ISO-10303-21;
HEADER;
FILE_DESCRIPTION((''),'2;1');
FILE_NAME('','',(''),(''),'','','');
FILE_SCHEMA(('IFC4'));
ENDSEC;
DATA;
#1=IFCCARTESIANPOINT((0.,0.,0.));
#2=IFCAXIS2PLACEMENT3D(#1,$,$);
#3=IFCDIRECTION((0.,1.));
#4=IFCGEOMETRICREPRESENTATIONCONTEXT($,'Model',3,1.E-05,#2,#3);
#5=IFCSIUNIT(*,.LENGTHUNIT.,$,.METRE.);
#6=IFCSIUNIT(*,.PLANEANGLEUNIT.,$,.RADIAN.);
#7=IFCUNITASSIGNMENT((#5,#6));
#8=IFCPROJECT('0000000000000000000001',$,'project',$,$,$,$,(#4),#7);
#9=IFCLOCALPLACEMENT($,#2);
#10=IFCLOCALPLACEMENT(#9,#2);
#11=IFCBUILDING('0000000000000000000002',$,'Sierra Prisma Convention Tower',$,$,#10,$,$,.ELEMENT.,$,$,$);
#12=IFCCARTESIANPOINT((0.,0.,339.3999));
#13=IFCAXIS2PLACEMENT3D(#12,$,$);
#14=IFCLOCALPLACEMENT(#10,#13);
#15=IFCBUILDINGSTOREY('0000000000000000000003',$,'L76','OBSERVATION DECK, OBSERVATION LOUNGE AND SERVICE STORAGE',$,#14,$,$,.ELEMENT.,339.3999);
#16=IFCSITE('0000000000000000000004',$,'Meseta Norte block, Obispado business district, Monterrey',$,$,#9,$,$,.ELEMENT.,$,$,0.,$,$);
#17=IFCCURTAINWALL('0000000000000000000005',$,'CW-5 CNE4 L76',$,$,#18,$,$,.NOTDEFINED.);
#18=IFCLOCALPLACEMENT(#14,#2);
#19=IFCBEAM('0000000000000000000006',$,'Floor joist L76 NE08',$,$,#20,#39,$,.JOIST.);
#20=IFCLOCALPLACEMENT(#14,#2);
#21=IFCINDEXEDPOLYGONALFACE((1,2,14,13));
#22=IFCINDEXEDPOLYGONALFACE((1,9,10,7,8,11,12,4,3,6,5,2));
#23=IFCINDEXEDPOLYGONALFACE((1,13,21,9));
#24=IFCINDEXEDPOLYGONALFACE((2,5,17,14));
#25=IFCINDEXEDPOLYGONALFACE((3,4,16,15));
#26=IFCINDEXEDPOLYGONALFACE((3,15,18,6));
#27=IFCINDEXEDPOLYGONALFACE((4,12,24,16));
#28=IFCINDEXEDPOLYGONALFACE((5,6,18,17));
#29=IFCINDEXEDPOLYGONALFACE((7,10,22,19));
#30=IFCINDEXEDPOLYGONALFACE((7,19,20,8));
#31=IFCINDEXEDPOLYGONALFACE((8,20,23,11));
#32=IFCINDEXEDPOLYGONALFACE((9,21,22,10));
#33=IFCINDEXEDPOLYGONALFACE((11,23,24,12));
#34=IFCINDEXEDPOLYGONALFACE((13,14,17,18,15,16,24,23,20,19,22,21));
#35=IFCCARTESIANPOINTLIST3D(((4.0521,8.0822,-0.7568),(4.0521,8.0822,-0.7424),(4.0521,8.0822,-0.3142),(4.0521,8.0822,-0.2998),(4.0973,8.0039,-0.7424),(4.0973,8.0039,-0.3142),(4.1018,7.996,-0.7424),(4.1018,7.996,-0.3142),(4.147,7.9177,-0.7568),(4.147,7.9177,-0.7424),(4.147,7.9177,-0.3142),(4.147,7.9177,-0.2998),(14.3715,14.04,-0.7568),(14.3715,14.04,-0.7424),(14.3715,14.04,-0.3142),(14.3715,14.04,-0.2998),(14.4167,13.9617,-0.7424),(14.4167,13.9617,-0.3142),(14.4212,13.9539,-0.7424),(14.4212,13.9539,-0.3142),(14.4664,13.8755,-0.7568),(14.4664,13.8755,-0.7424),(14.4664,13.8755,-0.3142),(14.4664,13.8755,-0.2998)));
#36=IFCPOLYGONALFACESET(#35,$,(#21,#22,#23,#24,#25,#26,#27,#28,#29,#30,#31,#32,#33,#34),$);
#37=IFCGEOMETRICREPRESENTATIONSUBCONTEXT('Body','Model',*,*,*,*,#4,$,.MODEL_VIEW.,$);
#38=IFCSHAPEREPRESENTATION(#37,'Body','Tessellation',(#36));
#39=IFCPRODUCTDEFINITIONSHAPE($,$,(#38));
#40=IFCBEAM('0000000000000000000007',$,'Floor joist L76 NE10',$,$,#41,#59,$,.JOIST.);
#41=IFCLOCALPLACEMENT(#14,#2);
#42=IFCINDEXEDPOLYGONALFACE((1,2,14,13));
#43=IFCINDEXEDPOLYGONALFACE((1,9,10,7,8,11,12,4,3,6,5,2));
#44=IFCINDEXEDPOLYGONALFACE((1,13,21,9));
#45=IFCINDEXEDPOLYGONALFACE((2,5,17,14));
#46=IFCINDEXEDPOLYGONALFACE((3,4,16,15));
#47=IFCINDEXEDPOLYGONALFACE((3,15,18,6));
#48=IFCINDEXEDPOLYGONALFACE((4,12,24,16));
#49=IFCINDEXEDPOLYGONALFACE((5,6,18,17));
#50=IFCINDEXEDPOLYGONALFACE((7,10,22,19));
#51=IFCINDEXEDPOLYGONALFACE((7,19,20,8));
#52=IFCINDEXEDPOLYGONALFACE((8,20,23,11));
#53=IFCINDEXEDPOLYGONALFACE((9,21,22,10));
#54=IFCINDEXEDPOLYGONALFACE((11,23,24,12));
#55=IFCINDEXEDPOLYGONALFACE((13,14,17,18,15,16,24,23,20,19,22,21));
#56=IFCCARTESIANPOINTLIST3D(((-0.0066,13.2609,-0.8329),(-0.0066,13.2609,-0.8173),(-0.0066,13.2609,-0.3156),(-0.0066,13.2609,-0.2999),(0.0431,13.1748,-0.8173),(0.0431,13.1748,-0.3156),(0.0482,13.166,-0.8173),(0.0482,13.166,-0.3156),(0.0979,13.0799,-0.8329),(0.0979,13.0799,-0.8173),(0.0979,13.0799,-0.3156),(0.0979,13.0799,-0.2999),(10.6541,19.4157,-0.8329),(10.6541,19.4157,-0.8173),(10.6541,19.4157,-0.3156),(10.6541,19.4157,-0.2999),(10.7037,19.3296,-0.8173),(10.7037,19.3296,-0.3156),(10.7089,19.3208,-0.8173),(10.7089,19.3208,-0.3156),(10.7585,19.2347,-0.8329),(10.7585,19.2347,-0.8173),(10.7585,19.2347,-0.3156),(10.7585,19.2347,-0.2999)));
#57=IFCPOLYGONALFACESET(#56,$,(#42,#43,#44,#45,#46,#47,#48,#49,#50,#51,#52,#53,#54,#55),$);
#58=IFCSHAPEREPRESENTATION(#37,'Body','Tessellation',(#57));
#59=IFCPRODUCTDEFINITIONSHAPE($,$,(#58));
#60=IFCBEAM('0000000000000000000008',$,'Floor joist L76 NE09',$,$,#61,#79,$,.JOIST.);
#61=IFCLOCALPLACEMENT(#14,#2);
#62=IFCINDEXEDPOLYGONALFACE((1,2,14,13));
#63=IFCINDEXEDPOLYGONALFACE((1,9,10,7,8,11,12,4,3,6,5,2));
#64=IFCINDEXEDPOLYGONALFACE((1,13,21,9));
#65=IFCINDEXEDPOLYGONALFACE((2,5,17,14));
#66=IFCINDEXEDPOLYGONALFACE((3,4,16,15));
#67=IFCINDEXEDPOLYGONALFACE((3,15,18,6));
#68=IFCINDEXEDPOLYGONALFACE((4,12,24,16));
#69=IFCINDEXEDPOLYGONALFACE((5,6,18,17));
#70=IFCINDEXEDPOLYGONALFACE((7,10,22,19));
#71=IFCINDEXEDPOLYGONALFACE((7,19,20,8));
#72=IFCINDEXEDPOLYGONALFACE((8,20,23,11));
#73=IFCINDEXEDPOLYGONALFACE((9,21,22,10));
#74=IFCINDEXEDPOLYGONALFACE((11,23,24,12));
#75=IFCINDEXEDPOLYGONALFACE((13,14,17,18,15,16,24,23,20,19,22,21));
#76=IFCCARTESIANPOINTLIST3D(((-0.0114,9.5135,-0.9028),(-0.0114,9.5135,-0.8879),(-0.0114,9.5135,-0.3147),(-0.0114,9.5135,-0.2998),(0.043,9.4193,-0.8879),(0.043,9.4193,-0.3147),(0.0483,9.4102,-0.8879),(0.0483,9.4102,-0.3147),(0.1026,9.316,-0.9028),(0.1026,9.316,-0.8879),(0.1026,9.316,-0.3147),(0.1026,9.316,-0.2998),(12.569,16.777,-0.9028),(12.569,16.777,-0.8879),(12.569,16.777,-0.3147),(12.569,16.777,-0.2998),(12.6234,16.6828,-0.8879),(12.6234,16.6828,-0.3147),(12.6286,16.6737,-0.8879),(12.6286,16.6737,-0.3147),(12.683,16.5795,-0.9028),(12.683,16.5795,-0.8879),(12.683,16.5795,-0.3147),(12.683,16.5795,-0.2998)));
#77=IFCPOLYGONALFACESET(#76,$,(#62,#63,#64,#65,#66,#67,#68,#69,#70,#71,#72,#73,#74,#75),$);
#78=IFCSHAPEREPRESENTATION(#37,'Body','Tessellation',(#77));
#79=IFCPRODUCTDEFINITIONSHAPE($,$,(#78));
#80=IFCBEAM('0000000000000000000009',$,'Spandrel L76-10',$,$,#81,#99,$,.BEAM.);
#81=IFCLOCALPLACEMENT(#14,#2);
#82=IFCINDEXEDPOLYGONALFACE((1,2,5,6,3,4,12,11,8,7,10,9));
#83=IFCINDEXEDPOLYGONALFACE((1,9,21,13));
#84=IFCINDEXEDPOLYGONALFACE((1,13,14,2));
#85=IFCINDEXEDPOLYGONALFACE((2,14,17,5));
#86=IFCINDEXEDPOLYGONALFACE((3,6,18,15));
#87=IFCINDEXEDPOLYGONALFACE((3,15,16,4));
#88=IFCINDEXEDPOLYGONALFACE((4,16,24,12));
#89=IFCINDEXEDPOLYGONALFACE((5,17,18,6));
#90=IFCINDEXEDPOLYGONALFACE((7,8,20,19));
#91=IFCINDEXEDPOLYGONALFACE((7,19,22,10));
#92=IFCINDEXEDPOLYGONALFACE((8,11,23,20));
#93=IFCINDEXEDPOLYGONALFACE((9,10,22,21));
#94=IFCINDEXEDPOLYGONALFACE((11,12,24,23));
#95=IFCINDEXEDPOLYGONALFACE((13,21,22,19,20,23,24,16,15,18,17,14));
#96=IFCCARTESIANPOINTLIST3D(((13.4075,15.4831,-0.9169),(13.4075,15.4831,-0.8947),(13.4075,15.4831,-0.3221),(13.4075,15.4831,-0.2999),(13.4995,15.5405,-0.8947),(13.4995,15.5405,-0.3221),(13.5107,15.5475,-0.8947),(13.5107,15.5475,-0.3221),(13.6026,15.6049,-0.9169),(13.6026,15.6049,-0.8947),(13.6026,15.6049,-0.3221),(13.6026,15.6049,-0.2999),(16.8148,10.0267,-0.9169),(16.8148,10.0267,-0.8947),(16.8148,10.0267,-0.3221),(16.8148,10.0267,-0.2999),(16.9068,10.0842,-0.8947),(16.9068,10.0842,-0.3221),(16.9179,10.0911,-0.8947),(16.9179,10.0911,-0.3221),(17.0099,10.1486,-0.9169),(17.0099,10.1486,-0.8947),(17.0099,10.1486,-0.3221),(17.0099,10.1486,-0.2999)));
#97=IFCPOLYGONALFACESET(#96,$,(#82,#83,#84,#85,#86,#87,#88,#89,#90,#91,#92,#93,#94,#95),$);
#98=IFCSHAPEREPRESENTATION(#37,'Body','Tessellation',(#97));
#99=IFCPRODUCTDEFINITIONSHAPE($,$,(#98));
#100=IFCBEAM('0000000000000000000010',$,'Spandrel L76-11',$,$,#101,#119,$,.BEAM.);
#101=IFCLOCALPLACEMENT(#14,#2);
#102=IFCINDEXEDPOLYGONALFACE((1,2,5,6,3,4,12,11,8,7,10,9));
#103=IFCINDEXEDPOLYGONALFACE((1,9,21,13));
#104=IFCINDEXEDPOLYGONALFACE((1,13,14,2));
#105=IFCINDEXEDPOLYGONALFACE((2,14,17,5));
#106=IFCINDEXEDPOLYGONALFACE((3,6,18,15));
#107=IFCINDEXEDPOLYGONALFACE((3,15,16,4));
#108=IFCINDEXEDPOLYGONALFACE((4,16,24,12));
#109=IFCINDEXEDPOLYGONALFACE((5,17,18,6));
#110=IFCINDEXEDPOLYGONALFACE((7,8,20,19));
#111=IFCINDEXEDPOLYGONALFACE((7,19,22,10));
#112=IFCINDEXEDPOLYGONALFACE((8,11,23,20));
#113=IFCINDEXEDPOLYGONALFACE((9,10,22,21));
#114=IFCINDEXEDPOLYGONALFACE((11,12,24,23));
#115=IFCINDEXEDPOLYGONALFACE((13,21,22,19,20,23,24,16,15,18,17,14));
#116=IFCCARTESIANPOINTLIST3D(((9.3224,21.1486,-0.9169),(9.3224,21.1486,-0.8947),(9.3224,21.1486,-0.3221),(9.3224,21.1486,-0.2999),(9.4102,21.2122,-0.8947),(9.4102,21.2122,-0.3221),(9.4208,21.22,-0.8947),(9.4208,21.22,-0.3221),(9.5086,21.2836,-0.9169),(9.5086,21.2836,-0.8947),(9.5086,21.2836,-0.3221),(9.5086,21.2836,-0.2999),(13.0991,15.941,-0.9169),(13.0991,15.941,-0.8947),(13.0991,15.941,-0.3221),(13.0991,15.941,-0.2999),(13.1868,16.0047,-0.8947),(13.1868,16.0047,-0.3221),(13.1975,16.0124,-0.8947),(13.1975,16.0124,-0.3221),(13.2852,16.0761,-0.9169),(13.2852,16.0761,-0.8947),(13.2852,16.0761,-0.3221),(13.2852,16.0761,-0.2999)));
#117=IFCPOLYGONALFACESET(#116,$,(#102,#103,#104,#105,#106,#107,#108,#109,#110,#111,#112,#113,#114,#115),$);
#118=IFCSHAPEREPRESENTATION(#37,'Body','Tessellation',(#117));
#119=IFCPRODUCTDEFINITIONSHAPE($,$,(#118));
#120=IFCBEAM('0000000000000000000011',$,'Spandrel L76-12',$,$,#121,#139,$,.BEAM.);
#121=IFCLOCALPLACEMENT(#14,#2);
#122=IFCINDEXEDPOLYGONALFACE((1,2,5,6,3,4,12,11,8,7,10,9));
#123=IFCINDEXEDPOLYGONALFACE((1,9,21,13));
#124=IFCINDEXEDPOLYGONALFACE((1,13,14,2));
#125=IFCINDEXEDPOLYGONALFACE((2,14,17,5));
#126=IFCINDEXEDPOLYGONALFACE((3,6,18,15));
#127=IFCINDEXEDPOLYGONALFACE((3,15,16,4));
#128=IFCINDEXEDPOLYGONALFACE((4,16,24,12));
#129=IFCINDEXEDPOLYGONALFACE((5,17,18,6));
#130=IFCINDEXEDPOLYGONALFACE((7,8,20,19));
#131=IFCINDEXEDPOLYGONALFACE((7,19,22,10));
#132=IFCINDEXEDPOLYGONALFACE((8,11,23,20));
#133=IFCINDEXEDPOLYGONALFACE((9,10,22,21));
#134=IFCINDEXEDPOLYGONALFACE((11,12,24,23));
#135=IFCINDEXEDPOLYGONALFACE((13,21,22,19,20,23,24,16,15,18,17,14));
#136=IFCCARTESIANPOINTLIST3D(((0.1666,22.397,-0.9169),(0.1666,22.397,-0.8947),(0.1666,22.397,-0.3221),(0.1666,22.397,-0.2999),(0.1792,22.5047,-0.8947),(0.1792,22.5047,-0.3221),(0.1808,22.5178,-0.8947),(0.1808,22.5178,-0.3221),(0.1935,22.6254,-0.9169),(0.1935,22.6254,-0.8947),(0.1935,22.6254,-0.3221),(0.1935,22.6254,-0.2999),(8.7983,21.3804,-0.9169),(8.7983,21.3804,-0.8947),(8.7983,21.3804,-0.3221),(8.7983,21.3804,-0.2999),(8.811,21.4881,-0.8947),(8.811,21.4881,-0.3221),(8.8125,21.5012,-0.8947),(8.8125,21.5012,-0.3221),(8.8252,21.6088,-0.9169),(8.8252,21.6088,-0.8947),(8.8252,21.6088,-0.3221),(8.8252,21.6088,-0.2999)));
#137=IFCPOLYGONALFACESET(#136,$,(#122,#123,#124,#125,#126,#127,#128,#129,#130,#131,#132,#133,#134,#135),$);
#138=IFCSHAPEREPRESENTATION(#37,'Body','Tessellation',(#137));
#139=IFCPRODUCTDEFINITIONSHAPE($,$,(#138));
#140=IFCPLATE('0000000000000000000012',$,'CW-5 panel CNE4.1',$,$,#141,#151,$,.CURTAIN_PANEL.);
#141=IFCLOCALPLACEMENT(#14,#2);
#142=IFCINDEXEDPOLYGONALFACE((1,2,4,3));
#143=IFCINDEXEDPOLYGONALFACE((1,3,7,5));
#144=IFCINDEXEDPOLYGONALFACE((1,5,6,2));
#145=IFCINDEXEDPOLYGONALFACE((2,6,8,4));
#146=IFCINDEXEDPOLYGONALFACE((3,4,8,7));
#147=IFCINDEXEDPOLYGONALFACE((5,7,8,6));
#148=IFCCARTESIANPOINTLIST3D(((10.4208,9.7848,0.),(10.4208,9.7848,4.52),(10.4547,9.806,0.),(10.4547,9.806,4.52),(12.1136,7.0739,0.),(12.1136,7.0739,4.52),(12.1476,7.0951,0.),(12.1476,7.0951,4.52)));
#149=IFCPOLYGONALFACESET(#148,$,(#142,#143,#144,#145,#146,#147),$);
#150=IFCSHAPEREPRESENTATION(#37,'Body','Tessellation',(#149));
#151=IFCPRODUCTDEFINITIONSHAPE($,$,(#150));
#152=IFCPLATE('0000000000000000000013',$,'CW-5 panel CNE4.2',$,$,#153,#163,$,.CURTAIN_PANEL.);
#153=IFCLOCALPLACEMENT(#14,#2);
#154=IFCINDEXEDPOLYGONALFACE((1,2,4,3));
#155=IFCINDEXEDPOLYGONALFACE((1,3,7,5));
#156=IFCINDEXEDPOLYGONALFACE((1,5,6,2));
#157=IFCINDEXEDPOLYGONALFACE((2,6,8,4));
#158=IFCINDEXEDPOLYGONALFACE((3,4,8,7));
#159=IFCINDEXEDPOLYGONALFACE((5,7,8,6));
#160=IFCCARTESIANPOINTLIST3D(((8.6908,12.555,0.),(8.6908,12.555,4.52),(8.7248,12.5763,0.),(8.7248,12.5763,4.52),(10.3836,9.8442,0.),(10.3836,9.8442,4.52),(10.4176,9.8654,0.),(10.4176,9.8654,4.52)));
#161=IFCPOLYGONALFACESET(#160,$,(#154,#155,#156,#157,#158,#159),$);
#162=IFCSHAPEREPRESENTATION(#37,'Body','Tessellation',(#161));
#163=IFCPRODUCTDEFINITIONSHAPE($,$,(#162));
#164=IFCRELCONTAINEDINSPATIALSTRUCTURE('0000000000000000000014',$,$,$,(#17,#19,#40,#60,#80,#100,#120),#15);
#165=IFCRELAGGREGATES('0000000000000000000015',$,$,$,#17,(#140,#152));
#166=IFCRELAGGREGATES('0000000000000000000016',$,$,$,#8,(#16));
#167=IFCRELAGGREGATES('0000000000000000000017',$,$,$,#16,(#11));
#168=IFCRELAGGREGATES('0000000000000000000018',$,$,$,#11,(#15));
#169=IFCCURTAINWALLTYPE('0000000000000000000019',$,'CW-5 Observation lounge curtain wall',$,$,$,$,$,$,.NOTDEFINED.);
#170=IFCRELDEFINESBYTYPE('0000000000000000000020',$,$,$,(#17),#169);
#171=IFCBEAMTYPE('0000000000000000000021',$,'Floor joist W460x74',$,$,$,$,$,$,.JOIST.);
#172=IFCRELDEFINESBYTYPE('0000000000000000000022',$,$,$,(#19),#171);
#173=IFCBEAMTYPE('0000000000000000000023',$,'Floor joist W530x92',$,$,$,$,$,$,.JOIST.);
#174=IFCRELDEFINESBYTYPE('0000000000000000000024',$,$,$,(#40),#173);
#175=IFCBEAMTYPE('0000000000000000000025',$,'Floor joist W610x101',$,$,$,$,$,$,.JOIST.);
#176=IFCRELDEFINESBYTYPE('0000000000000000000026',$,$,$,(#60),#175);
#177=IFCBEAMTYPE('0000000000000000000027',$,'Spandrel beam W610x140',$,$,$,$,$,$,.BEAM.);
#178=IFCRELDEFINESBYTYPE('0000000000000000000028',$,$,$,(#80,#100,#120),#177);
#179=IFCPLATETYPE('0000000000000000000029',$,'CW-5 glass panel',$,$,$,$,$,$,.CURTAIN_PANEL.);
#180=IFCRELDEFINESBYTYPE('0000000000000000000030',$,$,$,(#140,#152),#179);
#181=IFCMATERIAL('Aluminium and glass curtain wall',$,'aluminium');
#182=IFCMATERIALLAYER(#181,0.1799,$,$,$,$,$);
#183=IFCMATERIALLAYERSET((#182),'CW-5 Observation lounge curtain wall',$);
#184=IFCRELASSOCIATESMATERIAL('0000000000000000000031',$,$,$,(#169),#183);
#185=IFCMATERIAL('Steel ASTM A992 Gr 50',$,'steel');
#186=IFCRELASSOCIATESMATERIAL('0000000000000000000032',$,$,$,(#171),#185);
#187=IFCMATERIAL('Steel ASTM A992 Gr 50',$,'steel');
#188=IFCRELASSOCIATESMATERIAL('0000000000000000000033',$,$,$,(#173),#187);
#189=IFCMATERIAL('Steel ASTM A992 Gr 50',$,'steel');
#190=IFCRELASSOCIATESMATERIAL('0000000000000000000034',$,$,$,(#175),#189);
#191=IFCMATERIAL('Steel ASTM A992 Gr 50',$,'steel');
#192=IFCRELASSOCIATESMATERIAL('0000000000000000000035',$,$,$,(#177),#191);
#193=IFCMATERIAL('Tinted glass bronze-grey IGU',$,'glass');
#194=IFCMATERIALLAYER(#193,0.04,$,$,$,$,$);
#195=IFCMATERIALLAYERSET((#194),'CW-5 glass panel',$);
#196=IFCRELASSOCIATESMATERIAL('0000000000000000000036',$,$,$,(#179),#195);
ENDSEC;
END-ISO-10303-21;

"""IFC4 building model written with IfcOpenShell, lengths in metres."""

from ifc_helpers import new_model, si_unit, direction, frame, origin, origin_2d, place, context, subcontext, project, spatial, rectangle, i_section, extrude, material, layer, layer_set, material_profile, profile_set, type_object, element, aggregate, save


model = new_model("IFC4")

# Units and contexts
model_context = context("Model", 3, precision=1e-05, world=origin(), true_north=direction((0.0, 1.0)))
body_context = subcontext(model_context, "Body", "Model", "MODEL_VIEW")
ifc_project = project(units=[si_unit("LENGTHUNIT", "METRE"), si_unit("PLANEANGLEUNIT", "RADIAN")], contexts=[model_context])

# Site, building, storey
site_placement = place(None, origin())
site = spatial("IfcSite", under=ifc_project, at=site_placement, Name="Meseta Norte block, Obispado business district, Monterrey", CompositionType="ELEMENT", RefElevation=0.0)
building_placement = place(site_placement, origin())
building = spatial("IfcBuilding", under=site, at=building_placement, Name="Sierra Prisma Convention Tower", CompositionType="ELEMENT")
storey_placement = place(building_placement, frame((0.0, 0.0, 339.3999)))
storey = spatial("IfcBuildingStorey", under=building, at=storey_placement, Name="L76", Description="OBSERVATION DECK, OBSERVATION LOUNGE AND SERVICE STORAGE", CompositionType="ELEMENT", Elevation=339.3999)

# Curtain wall
ifc_material_1 = material(Name="Aluminium and glass curtain wall", Category="aluminium")
ifc_layer_1 = layer(ifc_material_1, 0.1799)
ifc_layer_set_1 = layer_set([ifc_layer_1], Name="CW-5 Observation lounge curtain wall")
curtain_wall_type = type_object("IfcCurtainWallType", Name="CW-5 Observation lounge curtain wall", PredefinedType="NOTDEFINED", material=ifc_layer_set_1)
curtain_wall_1_placement = place(storey_placement, origin())
curtain_wall_1 = element("IfcCurtainWall", 1, at=curtain_wall_1_placement, inside=storey, type_object=curtain_wall_type, Name="CW-5 CNE4 L76", PredefinedType="NOTDEFINED")

# Beams
ifc_material_2 = material(Name="Steel ASTM A992 Gr 50", Category="steel")
ifc_material_profile_1 = material_profile(ifc_material_2, i_section(OverallWidth=0.1899, OverallDepth=0.457, WebThickness=0.009, FlangeThickness=0.0144, at=origin_2d()), Name="W460x74")
ifc_profile_set_1 = profile_set([ifc_material_profile_1], Name="Steel ASTM A992 Gr 50")
beam_type_1 = type_object("IfcBeamType", Name="Floor joist W460x74", PredefinedType="JOIST", material=ifc_profile_set_1)
beam_1_placement = place(storey_placement, frame((14.4189, 13.9578, -0.5283), z_axis=(-0.866029, -0.499993, 0.0), x_axis=(0.499993, -0.866029, 0.0)))
element("IfcBeam", 2, at=beam_1_placement, inside=storey, type_object=beam_type_1, Name="Floor joist L76 NE08", PredefinedType="JOIST", context=body_context, shape_type="SweptSolid", body=[
    extrude(i_section(OverallWidth=0.1899, OverallDepth=0.457, WebThickness=0.009, FlangeThickness=0.0144, at=origin_2d()), origin(), (0.0, 0.0, 1.0), 11.9158),
])
ifc_material_3 = material(Name="Steel ASTM A992 Gr 50", Category="steel")
ifc_material_profile_2 = material_profile(ifc_material_3, i_section(OverallWidth=0.209, OverallDepth=0.533, WebThickness=0.0103, FlangeThickness=0.0156, at=origin_2d()), Name="W530x92")
ifc_profile_set_2 = profile_set([ifc_material_profile_2], Name="Steel ASTM A992 Gr 50")
beam_type_2 = type_object("IfcBeamType", Name="Floor joist W530x92", PredefinedType="JOIST", material=ifc_profile_set_2)
beam_2_placement = place(storey_placement, frame((10.7063, 19.3252, -0.5664), z_axis=(-0.86603, -0.499991, 0.0), x_axis=(0.499991, -0.86603, 0.0)))
element("IfcBeam", 3, at=beam_2_placement, inside=storey, type_object=beam_type_2, Name="Floor joist L76 NE10", PredefinedType="JOIST", context=body_context, shape_type="SweptSolid", body=[
    extrude(i_section(OverallWidth=0.209, OverallDepth=0.533, WebThickness=0.0103, FlangeThickness=0.0156, at=origin_2d()), origin(), (0.0, 0.0, 1.0), 12.3098),
])
ifc_material_4 = material(Name="Steel ASTM A992 Gr 50", Category="steel")
ifc_material_profile_3 = material_profile(ifc_material_4, i_section(OverallWidth=0.228, OverallDepth=0.603, WebThickness=0.0105, FlangeThickness=0.0149, at=origin_2d()), Name="W610x101")
ifc_profile_set_3 = profile_set([ifc_material_profile_3], Name="Steel ASTM A992 Gr 50")
beam_type_3 = type_object("IfcBeamType", Name="Floor joist W610x101", PredefinedType="JOIST", material=ifc_profile_set_3)
beam_3_placement = place(storey_placement, frame((12.626, 16.6782, -0.6013), z_axis=(-0.86602, -0.500009, 0.0), x_axis=(0.500009, -0.86602, 0.0)))
element("IfcBeam", 4, at=beam_3_placement, inside=storey, type_object=beam_type_3, Name="Floor joist L76 NE09", PredefinedType="JOIST", context=body_context, shape_type="SweptSolid", body=[
    extrude(i_section(OverallWidth=0.228, OverallDepth=0.603, WebThickness=0.0105, FlangeThickness=0.0149, at=origin_2d()), origin(), (0.0, 0.0, 1.0), 14.5266),
])
ifc_material_5 = material(Name="Steel ASTM A992 Gr 50", Category="steel")
ifc_material_profile_4 = material_profile(ifc_material_5, i_section(OverallWidth=0.23, OverallDepth=0.6169, WebThickness=0.0132, FlangeThickness=0.0222, at=origin_2d()), Name="W610x140")
ifc_profile_set_4 = profile_set([ifc_material_profile_4], Name="Steel ASTM A992 Gr 50")
beam_type_4 = type_object("IfcBeamType", Name="Spandrel beam W610x140", PredefinedType="BEAM", material=ifc_profile_set_4)
for number, where, z_axis, x_axis, name in (
    (5, (16.9124, 10.0876, -0.6084), (-0.529668, 0.848205, 0.0), (-0.848205, -0.529668, 0.0), "Spandrel L76-10"),
    (6, (13.1921, 16.0085, -0.6084), (-0.587086, 0.809525, 0.0), (-0.809525, -0.587086, 0.0), "Spandrel L76-11"),
):
    element("IfcBeam", number, at=place(storey_placement, frame(where, z_axis=z_axis, x_axis=x_axis)), inside=storey, type_object=beam_type_4, Name=name, PredefinedType="BEAM", context=body_context, shape_type="SweptSolid", body=[
        extrude(i_section(OverallWidth=0.23, OverallDepth=0.6169, WebThickness=0.0132, FlangeThickness=0.0222, at=origin_2d()), origin(), (0.0, 0.0, 1.0), 6.4329),
    ])
beam_4_placement = place(storey_placement, frame((8.8118, 21.4946, -0.6084), z_axis=(-0.993136, 0.116965, 0.0), x_axis=(-0.116965, -0.993136, 0.0)))
element("IfcBeam", 7, at=beam_4_placement, inside=storey, type_object=beam_type_4, Name="Spandrel L76-12", PredefinedType="BEAM", context=body_context, shape_type="SweptSolid", body=[
    extrude(i_section(OverallWidth=0.23, OverallDepth=0.6169, WebThickness=0.0132, FlangeThickness=0.0222, at=origin_2d()), origin(), (0.0, 0.0, 1.0), 8.6914),
])

# Plates
ifc_material_6 = material(Name="Tinted glass bronze-grey IGU", Category="glass")
ifc_layer_2 = layer(ifc_material_6, 0.04)
ifc_layer_set_2 = layer_set([ifc_layer_2], Name="CW-5 glass panel")
plate_type = type_object("IfcPlateType", Name="CW-5 glass panel", PredefinedType="CURTAIN_PANEL", material=ifc_layer_set_2)
plate_1_placement = place(storey_placement, frame((11.2842, 8.4399, 0.0), z_axis=(0.0, 0.0, 1.0), x_axis=(-0.529672, 0.848202, 0.0)))
plate_1 = element("IfcPlate", 8, at=plate_1_placement, type_object=plate_type, Name="CW-5 panel CNE4.1", PredefinedType="CURTAIN_PANEL", context=body_context, shape_type="SweptSolid", body=[
    extrude(rectangle(XDim=3.196, YDim=0.04, at=origin_2d()), origin(), (0.0, 0.0, 1.0), 4.52),
])
plate_2_placement = place(storey_placement, frame((9.5542, 11.2102, 0.0), z_axis=(0.0, 0.0, 1.0), x_axis=(-0.529672, 0.848202, 0.0)))
plate_2 = element("IfcPlate", 9, at=plate_2_placement, type_object=plate_type, Name="CW-5 panel CNE4.2", PredefinedType="CURTAIN_PANEL", context=body_context, shape_type="SweptSolid", body=[
    extrude(rectangle(XDim=3.196, YDim=0.04, at=origin_2d()), origin(), (0.0, 0.0, 1.0), 4.52),
])
aggregate(curtain_wall_1, [plate_1, plate_2])

save(model, "model.ifc")
